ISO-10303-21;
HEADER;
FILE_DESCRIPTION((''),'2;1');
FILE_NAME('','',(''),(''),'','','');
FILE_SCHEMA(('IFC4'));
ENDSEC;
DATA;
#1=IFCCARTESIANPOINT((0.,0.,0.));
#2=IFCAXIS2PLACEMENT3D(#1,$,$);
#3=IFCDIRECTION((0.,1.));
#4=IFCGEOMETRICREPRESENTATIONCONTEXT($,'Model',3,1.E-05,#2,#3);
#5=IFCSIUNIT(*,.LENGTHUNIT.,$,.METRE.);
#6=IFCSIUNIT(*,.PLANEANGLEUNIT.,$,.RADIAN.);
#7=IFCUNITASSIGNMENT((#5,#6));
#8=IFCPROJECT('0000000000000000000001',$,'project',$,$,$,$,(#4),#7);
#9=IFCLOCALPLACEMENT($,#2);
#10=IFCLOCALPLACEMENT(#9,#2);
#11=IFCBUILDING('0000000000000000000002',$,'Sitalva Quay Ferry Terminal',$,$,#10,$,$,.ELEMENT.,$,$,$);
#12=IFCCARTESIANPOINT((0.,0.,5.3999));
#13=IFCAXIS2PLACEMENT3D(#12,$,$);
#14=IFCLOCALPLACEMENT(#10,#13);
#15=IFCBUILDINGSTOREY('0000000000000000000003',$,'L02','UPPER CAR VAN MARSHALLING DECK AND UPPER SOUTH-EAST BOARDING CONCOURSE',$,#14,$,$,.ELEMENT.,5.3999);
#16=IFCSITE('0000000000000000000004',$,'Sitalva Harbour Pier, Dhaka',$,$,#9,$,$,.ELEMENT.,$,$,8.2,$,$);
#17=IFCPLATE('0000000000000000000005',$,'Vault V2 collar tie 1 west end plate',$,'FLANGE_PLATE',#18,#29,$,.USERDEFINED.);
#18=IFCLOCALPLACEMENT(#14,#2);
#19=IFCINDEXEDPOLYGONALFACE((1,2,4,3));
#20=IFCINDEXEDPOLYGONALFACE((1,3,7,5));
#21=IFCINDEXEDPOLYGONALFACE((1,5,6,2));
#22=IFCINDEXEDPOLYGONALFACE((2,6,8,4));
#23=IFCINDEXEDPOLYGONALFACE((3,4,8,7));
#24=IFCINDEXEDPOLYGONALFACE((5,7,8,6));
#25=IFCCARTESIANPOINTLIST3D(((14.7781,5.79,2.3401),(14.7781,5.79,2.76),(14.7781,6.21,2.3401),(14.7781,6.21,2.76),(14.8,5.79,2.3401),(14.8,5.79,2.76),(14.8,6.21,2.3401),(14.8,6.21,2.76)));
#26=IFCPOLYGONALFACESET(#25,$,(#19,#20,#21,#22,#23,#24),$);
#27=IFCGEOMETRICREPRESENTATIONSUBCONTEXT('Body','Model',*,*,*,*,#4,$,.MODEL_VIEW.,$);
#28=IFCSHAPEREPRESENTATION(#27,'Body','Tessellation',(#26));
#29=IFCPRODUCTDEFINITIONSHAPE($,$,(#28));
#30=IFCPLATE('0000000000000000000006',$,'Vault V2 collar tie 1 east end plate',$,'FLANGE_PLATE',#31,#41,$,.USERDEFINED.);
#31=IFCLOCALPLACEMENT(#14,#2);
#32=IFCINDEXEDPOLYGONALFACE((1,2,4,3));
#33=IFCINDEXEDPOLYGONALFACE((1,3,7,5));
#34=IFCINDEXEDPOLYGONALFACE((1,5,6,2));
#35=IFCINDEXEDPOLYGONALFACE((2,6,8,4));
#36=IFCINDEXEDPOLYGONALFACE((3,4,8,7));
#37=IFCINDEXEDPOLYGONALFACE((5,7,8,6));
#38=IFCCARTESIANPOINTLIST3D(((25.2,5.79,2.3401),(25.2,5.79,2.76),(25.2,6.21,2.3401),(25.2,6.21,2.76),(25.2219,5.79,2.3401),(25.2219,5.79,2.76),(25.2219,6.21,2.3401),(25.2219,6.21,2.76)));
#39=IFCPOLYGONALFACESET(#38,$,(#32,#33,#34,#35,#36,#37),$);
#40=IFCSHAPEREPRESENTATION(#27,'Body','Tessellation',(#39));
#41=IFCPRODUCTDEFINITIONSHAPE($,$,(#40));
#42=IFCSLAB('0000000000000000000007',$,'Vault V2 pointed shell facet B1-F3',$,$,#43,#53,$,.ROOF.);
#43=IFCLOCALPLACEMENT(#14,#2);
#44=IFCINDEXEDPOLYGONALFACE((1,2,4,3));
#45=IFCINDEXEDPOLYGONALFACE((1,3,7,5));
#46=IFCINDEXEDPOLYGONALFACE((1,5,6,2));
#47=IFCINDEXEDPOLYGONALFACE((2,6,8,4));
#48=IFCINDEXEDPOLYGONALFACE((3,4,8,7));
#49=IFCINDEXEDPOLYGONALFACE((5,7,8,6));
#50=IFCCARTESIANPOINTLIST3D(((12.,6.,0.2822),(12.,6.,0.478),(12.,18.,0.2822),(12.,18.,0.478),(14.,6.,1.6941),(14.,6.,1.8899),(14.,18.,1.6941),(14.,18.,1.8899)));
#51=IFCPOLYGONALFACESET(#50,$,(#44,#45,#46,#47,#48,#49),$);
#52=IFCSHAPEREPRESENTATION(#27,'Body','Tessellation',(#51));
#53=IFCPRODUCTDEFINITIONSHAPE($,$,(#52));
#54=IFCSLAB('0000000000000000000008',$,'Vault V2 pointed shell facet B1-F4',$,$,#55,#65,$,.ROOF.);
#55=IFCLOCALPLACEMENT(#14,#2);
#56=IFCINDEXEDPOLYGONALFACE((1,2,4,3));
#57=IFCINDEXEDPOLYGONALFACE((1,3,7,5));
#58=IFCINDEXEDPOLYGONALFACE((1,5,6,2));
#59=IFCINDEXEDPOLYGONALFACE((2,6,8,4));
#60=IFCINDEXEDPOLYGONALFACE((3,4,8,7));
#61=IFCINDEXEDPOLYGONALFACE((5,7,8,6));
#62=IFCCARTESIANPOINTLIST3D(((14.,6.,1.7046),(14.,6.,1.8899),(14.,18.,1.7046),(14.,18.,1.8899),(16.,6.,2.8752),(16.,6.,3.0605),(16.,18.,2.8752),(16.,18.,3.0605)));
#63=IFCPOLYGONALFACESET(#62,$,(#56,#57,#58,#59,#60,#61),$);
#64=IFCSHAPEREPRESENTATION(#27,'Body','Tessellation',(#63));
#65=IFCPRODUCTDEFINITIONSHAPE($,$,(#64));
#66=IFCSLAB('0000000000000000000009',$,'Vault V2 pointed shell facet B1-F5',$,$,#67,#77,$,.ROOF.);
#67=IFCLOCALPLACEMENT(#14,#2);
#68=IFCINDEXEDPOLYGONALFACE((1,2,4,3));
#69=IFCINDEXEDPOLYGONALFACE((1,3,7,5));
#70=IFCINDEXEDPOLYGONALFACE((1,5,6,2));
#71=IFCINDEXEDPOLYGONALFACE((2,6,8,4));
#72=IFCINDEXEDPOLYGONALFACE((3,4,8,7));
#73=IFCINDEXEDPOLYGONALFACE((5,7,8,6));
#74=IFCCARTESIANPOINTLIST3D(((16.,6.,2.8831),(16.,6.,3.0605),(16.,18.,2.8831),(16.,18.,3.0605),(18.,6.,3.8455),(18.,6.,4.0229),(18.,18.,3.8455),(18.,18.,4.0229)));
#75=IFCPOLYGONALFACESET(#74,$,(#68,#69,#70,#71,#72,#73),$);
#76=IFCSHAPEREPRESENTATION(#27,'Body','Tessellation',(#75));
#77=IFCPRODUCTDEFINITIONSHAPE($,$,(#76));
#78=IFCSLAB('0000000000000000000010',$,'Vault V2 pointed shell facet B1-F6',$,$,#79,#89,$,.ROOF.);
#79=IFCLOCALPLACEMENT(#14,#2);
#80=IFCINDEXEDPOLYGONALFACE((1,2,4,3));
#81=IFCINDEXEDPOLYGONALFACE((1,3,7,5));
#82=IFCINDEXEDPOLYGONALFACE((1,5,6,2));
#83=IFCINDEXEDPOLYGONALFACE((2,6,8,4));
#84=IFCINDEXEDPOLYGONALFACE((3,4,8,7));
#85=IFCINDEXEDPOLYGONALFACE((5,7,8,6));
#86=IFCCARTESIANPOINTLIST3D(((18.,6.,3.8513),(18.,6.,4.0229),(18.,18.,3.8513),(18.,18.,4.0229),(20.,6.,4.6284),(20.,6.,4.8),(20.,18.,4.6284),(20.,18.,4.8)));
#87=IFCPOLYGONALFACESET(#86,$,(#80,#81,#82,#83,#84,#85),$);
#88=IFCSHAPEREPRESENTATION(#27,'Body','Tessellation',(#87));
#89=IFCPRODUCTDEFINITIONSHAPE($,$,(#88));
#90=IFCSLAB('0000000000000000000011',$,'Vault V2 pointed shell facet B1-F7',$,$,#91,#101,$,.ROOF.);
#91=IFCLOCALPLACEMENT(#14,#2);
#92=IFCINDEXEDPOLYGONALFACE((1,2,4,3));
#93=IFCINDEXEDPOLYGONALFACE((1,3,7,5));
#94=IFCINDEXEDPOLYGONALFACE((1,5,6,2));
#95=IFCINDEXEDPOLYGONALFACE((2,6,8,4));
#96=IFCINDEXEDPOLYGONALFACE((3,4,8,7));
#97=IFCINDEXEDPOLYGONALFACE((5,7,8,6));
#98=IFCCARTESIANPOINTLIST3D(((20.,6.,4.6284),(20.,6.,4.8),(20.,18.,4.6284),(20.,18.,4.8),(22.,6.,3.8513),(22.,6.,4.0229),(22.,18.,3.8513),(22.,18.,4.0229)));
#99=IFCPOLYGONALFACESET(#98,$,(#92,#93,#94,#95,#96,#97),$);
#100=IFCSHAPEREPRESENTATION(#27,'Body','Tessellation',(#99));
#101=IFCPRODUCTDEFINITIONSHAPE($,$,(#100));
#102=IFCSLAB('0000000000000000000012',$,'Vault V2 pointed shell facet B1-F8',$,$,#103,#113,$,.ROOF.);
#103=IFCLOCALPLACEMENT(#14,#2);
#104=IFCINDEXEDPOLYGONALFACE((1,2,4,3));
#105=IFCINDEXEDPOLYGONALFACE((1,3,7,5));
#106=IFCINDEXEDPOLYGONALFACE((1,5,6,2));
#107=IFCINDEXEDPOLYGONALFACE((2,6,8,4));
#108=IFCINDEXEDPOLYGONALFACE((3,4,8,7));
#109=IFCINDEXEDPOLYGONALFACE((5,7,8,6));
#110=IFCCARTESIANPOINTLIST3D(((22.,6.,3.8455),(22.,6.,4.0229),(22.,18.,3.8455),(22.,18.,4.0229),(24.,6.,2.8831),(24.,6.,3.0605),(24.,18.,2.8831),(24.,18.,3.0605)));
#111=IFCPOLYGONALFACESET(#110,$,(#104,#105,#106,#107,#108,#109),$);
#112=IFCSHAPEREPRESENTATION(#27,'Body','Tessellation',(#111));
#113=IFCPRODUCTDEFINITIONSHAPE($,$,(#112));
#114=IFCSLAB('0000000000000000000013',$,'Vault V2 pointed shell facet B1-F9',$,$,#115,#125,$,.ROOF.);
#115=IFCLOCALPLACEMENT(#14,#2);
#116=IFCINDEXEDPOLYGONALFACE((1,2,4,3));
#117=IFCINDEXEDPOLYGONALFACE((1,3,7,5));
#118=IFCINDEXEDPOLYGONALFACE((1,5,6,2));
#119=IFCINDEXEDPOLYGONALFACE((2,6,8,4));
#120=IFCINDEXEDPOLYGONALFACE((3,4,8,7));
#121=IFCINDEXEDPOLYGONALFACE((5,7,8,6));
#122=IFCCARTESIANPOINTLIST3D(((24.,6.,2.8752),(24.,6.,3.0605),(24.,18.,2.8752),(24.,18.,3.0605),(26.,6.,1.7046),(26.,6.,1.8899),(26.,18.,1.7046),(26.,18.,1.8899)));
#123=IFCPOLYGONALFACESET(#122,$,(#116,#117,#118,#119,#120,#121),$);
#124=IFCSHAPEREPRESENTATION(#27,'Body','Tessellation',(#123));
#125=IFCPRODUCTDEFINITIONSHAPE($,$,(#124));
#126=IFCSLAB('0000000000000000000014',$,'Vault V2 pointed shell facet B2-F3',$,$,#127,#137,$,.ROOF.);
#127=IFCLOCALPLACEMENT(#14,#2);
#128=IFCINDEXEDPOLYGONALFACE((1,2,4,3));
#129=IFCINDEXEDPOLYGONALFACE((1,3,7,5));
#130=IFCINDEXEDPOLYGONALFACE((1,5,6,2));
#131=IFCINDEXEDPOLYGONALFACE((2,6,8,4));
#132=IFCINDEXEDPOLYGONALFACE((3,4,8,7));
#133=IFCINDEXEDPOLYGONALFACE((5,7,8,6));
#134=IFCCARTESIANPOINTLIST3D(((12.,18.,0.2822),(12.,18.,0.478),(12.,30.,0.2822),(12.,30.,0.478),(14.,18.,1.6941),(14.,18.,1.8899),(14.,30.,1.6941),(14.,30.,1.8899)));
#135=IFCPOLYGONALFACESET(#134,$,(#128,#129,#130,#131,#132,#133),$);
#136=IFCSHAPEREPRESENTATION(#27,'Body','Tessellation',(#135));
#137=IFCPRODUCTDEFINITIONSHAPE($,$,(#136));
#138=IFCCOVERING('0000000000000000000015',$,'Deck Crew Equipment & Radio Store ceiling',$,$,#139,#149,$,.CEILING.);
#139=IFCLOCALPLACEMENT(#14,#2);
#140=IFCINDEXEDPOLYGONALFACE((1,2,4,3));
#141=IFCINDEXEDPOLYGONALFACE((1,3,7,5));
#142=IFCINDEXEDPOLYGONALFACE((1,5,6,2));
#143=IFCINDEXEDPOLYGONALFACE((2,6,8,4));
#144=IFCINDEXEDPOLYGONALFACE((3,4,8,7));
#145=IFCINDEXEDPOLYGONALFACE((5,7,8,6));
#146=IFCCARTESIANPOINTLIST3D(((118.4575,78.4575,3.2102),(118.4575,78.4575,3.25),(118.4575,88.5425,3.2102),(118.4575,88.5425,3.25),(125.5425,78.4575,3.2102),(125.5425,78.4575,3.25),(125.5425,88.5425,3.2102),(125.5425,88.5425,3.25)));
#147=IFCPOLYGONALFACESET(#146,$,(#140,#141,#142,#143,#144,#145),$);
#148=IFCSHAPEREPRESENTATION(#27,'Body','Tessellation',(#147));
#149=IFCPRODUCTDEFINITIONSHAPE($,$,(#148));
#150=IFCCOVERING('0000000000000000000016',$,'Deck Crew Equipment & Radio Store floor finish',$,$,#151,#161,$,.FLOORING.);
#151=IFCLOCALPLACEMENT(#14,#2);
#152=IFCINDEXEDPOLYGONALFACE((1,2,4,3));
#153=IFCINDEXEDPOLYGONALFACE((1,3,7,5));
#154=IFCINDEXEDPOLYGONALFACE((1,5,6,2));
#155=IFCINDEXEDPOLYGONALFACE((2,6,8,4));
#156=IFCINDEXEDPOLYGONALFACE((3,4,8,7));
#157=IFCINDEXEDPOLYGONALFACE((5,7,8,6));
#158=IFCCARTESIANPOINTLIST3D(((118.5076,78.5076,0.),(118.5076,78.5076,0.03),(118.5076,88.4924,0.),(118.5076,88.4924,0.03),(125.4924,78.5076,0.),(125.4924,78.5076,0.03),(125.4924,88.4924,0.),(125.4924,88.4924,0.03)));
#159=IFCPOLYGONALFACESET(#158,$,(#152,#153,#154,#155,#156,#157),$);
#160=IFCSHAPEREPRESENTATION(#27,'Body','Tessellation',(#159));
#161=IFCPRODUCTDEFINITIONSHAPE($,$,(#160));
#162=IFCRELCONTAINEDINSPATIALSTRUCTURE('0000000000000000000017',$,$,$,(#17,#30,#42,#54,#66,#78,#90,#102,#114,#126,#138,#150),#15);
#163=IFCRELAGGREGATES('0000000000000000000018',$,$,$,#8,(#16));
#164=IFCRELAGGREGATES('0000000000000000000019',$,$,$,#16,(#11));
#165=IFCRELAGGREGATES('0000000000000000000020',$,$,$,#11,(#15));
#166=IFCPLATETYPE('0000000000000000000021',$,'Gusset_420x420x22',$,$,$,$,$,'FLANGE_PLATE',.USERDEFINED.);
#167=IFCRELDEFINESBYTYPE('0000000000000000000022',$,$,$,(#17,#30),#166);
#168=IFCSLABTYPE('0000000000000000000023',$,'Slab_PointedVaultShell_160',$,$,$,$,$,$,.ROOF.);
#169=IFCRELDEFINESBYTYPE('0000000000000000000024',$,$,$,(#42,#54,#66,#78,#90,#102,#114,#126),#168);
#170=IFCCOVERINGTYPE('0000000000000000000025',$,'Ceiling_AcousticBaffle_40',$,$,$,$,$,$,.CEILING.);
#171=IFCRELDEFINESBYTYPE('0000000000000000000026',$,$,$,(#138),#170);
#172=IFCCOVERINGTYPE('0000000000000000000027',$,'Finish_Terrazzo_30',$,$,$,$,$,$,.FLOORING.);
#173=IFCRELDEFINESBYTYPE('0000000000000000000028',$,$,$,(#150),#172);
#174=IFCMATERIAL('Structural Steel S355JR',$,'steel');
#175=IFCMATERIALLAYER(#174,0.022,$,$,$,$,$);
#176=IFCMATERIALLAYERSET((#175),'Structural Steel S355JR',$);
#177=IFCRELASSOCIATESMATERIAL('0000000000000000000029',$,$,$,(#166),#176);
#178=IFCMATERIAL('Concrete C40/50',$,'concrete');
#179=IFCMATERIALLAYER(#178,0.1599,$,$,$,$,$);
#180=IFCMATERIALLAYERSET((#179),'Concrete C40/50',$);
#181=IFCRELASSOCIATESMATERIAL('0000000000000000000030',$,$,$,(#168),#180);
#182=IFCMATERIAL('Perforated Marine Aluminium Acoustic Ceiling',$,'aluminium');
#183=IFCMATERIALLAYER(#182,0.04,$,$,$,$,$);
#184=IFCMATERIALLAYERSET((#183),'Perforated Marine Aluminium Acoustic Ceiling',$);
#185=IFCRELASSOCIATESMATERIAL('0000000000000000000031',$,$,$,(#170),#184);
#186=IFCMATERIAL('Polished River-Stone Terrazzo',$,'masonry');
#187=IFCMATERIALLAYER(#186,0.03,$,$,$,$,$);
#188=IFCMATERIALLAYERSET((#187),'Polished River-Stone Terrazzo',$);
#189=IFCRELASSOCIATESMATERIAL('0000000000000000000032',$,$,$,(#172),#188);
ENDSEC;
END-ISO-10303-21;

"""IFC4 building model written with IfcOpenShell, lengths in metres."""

from ifc_helpers import new_model, si_unit, direction, frame, origin, origin_2d, place, context, subcontext, project, spatial, polyline, rectangle, outline, extrude, material, layer, layer_set, type_object, element, save


model = new_model("IFC4")

# Units and contexts
model_context = context("Model", 3, precision=1e-05, world=origin(), true_north=direction((0.0, 1.0)))
body_context = subcontext(model_context, "Body", "Model", "MODEL_VIEW")
ifc_project = project(units=[si_unit("LENGTHUNIT", "METRE"), si_unit("PLANEANGLEUNIT", "RADIAN")], contexts=[model_context])

# Site, building, storey
site_placement = place(None, origin())
site = spatial("IfcSite", under=ifc_project, at=site_placement, Name="Sitalva Harbour Pier, Dhaka", CompositionType="ELEMENT", RefElevation=8.2)
building_placement = place(site_placement, origin())
building = spatial("IfcBuilding", under=site, at=building_placement, Name="Sitalva Quay Ferry Terminal", CompositionType="ELEMENT")
storey_placement = place(building_placement, frame((0.0, 0.0, 5.3999)))
storey = spatial("IfcBuildingStorey", under=building, at=storey_placement, Name="L02", Description="UPPER CAR VAN MARSHALLING DECK AND UPPER SOUTH-EAST BOARDING CONCOURSE", CompositionType="ELEMENT", Elevation=5.3999)

# Plates
ifc_material_1 = material(Name="Structural Steel S355JR", Category="steel")
ifc_layer_1 = layer(ifc_material_1, 0.022)
ifc_layer_set_1 = layer_set([ifc_layer_1], Name="Structural Steel S355JR")
plate_type = type_object("IfcPlateType", Name="Gusset_420x420x22", ElementType="FLANGE_PLATE", PredefinedType="USERDEFINED", material=ifc_layer_set_1)
for number, where, z_axis, x_axis, name in (
    (1, (14.7891, 6.0, 2.3401), (0.0, 0.0, 1.0), (1.0, 0.0, 0.0), "Vault V2 collar tie 1 west end plate"),
    (2, (25.2109, 6.0, 2.3401), (0.0, 0.0, 1.0), (1.0, 0.0, 0.0), "Vault V2 collar tie 1 east end plate"),
):
    element("IfcPlate", number, at=place(storey_placement, frame(where, z_axis=z_axis, x_axis=x_axis)), inside=storey, type_object=plate_type, Name=name, ObjectType="FLANGE_PLATE", PredefinedType="USERDEFINED", context=body_context, shape_type="SweptSolid", body=[
        extrude(rectangle(XDim=0.022, YDim=0.4199, at=origin_2d()), origin(), (0.0, 0.0, 1.0), 0.4199),
    ])

# Slabs
ifc_material_2 = material(Name="Concrete C40/50", Category="concrete")
ifc_layer_2 = layer(ifc_material_2, 0.1599)
ifc_layer_set_2 = layer_set([ifc_layer_2], Name="Concrete C40/50")
slab_type = type_object("IfcSlabType", Name="Slab_PointedVaultShell_160", PredefinedType="ROOF", material=ifc_layer_set_2)
slab_1_placement = place(storey_placement, frame((12.0, 6.0, 0.478), z_axis=(-0.576711, 0.0, 0.816949), x_axis=(0.816949, 0.0, 0.576711)))
element("IfcSlab", 3, at=slab_1_placement, inside=storey, type_object=slab_type, Name="Vault V2 pointed shell facet B1-F3", PredefinedType="ROOF", context=body_context, shape_type="SweptSolid", body=[
    extrude(outline(polyline([(0.0, 0.0), (2.4481, 0.0), (2.4481, 12.0), (0.0, 12.0), (0.0, 0.0)])), origin(), (-0.576711, 0.0, -0.816949), 0.1958),
])
slab_2_placement = place(storey_placement, frame((14.0, 6.0, 1.8899), z_axis=(-0.505154, 0.0, 0.863029), x_axis=(0.863029, 0.0, 0.505154)))
element("IfcSlab", 4, at=slab_2_placement, inside=storey, type_object=slab_type, Name="Vault V2 pointed shell facet B1-F4", PredefinedType="ROOF", context=body_context, shape_type="SweptSolid", body=[
    extrude(outline(polyline([(0.0, 0.0), (2.3174, 0.0), (2.3174, 12.0), (0.0, 12.0), (0.0, 0.0)])), origin(), (-0.505154, 0.0, -0.863029), 0.1853),
])
slab_3_placement = place(storey_placement, frame((16.0, 6.0, 3.0605), z_axis=(-0.433611, 0.0, 0.9011), x_axis=(0.9011, 0.0, 0.433611)))
element("IfcSlab", 5, at=slab_3_placement, inside=storey, type_object=slab_type, Name="Vault V2 pointed shell facet B1-F5", PredefinedType="ROOF", context=body_context, shape_type="SweptSolid", body=[
    extrude(outline(polyline([(0.0, 0.0), (2.2195, 0.0), (2.2195, 12.0), (0.0, 12.0), (0.0, 0.0)])), origin(), (-0.433611, 0.0, -0.9011), 0.1775),
])
slab_4_placement = place(storey_placement, frame((18.0, 6.0, 4.0229), z_axis=(-0.362172, 0.0, 0.932111), x_axis=(0.932111, 0.0, 0.362172)))
element("IfcSlab", 6, at=slab_4_placement, inside=storey, type_object=slab_type, Name="Vault V2 pointed shell facet B1-F6", PredefinedType="ROOF", context=body_context, shape_type="SweptSolid", body=[
    extrude(outline(polyline([(0.0, 0.0), (2.1457, 0.0), (2.1457, 12.0), (0.0, 12.0), (0.0, 0.0)])), origin(), (-0.362172, 0.0, -0.932111), 0.1716),
])
slab_5_placement = place(storey_placement, frame((20.0, 6.0, 4.8), z_axis=(0.362172, 0.0, 0.932111), x_axis=(0.932111, 0.0, -0.362172)))
element("IfcSlab", 7, at=slab_5_placement, inside=storey, type_object=slab_type, Name="Vault V2 pointed shell facet B1-F7", PredefinedType="ROOF", context=body_context, shape_type="SweptSolid", body=[
    extrude(outline(polyline([(0.0, 0.0), (2.1457, 0.0), (2.1457, 12.0), (0.0, 12.0), (0.0, 0.0)])), origin(), (0.362172, 0.0, -0.932111), 0.1716),
])
slab_6_placement = place(storey_placement, frame((22.0, 6.0, 4.0229), z_axis=(0.433611, 0.0, 0.9011), x_axis=(0.9011, 0.0, -0.433611)))
element("IfcSlab", 8, at=slab_6_placement, inside=storey, type_object=slab_type, Name="Vault V2 pointed shell facet B1-F8", PredefinedType="ROOF", context=body_context, shape_type="SweptSolid", body=[
    extrude(outline(polyline([(0.0, 0.0), (2.2195, 0.0), (2.2195, 12.0), (0.0, 12.0), (0.0, 0.0)])), origin(), (0.433611, 0.0, -0.9011), 0.1775),
])
slab_7_placement = place(storey_placement, frame((24.0, 6.0, 3.0605), z_axis=(0.505154, 0.0, 0.863029), x_axis=(0.863029, 0.0, -0.505154)))
element("IfcSlab", 9, at=slab_7_placement, inside=storey, type_object=slab_type, Name="Vault V2 pointed shell facet B1-F9", PredefinedType="ROOF", context=body_context, shape_type="SweptSolid", body=[
    extrude(outline(polyline([(0.0, 0.0), (2.3174, 0.0), (2.3174, 12.0), (0.0, 12.0), (0.0, 0.0)])), origin(), (0.505154, 0.0, -0.863029), 0.1853),
])
slab_8_placement = place(storey_placement, frame((12.0, 18.0, 0.478), z_axis=(-0.576711, 0.0, 0.816949), x_axis=(0.816949, 0.0, 0.576711)))
element("IfcSlab", 10, at=slab_8_placement, inside=storey, type_object=slab_type, Name="Vault V2 pointed shell facet B2-F3", PredefinedType="ROOF", context=body_context, shape_type="SweptSolid", body=[
    extrude(outline(polyline([(0.0, 0.0), (2.4481, 0.0), (2.4481, 12.0), (0.0, 12.0), (0.0, 0.0)])), origin(), (-0.576711, 0.0, -0.816949), 0.1958),
])

# Coverings
ifc_material_3 = material(Name="Perforated Marine Aluminium Acoustic Ceiling", Category="aluminium")
ifc_layer_3 = layer(ifc_material_3, 0.04)
ifc_layer_set_3 = layer_set([ifc_layer_3], Name="Perforated Marine Aluminium Acoustic Ceiling")
covering_type_1 = type_object("IfcCoveringType", Name="Ceiling_AcousticBaffle_40", PredefinedType="CEILING", material=ifc_layer_set_3)
covering_1_placement = place(storey_placement, frame((0.0, 0.0, 3.2102)))
element("IfcCovering", 11, at=covering_1_placement, inside=storey, type_object=covering_type_1, Name="Deck Crew Equipment & Radio Store ceiling", PredefinedType="CEILING", context=body_context, shape_type="SweptSolid", body=[
    extrude(outline(polyline([(118.4575, 78.4575), (125.5425, 78.4575), (125.5425, 88.5425), (118.4575, 88.5425), (118.4575, 78.4575)])), origin(), (0.0, 0.0, 1.0), 0.0398),
])
ifc_material_4 = material(Name="Polished River-Stone Terrazzo", Category="masonry")
ifc_layer_4 = layer(ifc_material_4, 0.03)
ifc_layer_set_4 = layer_set([ifc_layer_4], Name="Polished River-Stone Terrazzo")
covering_type_2 = type_object("IfcCoveringType", Name="Finish_Terrazzo_30", PredefinedType="FLOORING", material=ifc_layer_set_4)
covering_2_placement = place(storey_placement, origin())
element("IfcCovering", 12, at=covering_2_placement, inside=storey, type_object=covering_type_2, Name="Deck Crew Equipment & Radio Store floor finish", PredefinedType="FLOORING", context=body_context, shape_type="SweptSolid", body=[
    extrude(outline(polyline([(118.5076, 78.5076), (125.4924, 78.5076), (125.4924, 88.4924), (118.5076, 88.4924), (118.5076, 78.5076)])), origin(), (0.0, 0.0, 1.0), 0.03),
])

save(model, "model.ifc")
